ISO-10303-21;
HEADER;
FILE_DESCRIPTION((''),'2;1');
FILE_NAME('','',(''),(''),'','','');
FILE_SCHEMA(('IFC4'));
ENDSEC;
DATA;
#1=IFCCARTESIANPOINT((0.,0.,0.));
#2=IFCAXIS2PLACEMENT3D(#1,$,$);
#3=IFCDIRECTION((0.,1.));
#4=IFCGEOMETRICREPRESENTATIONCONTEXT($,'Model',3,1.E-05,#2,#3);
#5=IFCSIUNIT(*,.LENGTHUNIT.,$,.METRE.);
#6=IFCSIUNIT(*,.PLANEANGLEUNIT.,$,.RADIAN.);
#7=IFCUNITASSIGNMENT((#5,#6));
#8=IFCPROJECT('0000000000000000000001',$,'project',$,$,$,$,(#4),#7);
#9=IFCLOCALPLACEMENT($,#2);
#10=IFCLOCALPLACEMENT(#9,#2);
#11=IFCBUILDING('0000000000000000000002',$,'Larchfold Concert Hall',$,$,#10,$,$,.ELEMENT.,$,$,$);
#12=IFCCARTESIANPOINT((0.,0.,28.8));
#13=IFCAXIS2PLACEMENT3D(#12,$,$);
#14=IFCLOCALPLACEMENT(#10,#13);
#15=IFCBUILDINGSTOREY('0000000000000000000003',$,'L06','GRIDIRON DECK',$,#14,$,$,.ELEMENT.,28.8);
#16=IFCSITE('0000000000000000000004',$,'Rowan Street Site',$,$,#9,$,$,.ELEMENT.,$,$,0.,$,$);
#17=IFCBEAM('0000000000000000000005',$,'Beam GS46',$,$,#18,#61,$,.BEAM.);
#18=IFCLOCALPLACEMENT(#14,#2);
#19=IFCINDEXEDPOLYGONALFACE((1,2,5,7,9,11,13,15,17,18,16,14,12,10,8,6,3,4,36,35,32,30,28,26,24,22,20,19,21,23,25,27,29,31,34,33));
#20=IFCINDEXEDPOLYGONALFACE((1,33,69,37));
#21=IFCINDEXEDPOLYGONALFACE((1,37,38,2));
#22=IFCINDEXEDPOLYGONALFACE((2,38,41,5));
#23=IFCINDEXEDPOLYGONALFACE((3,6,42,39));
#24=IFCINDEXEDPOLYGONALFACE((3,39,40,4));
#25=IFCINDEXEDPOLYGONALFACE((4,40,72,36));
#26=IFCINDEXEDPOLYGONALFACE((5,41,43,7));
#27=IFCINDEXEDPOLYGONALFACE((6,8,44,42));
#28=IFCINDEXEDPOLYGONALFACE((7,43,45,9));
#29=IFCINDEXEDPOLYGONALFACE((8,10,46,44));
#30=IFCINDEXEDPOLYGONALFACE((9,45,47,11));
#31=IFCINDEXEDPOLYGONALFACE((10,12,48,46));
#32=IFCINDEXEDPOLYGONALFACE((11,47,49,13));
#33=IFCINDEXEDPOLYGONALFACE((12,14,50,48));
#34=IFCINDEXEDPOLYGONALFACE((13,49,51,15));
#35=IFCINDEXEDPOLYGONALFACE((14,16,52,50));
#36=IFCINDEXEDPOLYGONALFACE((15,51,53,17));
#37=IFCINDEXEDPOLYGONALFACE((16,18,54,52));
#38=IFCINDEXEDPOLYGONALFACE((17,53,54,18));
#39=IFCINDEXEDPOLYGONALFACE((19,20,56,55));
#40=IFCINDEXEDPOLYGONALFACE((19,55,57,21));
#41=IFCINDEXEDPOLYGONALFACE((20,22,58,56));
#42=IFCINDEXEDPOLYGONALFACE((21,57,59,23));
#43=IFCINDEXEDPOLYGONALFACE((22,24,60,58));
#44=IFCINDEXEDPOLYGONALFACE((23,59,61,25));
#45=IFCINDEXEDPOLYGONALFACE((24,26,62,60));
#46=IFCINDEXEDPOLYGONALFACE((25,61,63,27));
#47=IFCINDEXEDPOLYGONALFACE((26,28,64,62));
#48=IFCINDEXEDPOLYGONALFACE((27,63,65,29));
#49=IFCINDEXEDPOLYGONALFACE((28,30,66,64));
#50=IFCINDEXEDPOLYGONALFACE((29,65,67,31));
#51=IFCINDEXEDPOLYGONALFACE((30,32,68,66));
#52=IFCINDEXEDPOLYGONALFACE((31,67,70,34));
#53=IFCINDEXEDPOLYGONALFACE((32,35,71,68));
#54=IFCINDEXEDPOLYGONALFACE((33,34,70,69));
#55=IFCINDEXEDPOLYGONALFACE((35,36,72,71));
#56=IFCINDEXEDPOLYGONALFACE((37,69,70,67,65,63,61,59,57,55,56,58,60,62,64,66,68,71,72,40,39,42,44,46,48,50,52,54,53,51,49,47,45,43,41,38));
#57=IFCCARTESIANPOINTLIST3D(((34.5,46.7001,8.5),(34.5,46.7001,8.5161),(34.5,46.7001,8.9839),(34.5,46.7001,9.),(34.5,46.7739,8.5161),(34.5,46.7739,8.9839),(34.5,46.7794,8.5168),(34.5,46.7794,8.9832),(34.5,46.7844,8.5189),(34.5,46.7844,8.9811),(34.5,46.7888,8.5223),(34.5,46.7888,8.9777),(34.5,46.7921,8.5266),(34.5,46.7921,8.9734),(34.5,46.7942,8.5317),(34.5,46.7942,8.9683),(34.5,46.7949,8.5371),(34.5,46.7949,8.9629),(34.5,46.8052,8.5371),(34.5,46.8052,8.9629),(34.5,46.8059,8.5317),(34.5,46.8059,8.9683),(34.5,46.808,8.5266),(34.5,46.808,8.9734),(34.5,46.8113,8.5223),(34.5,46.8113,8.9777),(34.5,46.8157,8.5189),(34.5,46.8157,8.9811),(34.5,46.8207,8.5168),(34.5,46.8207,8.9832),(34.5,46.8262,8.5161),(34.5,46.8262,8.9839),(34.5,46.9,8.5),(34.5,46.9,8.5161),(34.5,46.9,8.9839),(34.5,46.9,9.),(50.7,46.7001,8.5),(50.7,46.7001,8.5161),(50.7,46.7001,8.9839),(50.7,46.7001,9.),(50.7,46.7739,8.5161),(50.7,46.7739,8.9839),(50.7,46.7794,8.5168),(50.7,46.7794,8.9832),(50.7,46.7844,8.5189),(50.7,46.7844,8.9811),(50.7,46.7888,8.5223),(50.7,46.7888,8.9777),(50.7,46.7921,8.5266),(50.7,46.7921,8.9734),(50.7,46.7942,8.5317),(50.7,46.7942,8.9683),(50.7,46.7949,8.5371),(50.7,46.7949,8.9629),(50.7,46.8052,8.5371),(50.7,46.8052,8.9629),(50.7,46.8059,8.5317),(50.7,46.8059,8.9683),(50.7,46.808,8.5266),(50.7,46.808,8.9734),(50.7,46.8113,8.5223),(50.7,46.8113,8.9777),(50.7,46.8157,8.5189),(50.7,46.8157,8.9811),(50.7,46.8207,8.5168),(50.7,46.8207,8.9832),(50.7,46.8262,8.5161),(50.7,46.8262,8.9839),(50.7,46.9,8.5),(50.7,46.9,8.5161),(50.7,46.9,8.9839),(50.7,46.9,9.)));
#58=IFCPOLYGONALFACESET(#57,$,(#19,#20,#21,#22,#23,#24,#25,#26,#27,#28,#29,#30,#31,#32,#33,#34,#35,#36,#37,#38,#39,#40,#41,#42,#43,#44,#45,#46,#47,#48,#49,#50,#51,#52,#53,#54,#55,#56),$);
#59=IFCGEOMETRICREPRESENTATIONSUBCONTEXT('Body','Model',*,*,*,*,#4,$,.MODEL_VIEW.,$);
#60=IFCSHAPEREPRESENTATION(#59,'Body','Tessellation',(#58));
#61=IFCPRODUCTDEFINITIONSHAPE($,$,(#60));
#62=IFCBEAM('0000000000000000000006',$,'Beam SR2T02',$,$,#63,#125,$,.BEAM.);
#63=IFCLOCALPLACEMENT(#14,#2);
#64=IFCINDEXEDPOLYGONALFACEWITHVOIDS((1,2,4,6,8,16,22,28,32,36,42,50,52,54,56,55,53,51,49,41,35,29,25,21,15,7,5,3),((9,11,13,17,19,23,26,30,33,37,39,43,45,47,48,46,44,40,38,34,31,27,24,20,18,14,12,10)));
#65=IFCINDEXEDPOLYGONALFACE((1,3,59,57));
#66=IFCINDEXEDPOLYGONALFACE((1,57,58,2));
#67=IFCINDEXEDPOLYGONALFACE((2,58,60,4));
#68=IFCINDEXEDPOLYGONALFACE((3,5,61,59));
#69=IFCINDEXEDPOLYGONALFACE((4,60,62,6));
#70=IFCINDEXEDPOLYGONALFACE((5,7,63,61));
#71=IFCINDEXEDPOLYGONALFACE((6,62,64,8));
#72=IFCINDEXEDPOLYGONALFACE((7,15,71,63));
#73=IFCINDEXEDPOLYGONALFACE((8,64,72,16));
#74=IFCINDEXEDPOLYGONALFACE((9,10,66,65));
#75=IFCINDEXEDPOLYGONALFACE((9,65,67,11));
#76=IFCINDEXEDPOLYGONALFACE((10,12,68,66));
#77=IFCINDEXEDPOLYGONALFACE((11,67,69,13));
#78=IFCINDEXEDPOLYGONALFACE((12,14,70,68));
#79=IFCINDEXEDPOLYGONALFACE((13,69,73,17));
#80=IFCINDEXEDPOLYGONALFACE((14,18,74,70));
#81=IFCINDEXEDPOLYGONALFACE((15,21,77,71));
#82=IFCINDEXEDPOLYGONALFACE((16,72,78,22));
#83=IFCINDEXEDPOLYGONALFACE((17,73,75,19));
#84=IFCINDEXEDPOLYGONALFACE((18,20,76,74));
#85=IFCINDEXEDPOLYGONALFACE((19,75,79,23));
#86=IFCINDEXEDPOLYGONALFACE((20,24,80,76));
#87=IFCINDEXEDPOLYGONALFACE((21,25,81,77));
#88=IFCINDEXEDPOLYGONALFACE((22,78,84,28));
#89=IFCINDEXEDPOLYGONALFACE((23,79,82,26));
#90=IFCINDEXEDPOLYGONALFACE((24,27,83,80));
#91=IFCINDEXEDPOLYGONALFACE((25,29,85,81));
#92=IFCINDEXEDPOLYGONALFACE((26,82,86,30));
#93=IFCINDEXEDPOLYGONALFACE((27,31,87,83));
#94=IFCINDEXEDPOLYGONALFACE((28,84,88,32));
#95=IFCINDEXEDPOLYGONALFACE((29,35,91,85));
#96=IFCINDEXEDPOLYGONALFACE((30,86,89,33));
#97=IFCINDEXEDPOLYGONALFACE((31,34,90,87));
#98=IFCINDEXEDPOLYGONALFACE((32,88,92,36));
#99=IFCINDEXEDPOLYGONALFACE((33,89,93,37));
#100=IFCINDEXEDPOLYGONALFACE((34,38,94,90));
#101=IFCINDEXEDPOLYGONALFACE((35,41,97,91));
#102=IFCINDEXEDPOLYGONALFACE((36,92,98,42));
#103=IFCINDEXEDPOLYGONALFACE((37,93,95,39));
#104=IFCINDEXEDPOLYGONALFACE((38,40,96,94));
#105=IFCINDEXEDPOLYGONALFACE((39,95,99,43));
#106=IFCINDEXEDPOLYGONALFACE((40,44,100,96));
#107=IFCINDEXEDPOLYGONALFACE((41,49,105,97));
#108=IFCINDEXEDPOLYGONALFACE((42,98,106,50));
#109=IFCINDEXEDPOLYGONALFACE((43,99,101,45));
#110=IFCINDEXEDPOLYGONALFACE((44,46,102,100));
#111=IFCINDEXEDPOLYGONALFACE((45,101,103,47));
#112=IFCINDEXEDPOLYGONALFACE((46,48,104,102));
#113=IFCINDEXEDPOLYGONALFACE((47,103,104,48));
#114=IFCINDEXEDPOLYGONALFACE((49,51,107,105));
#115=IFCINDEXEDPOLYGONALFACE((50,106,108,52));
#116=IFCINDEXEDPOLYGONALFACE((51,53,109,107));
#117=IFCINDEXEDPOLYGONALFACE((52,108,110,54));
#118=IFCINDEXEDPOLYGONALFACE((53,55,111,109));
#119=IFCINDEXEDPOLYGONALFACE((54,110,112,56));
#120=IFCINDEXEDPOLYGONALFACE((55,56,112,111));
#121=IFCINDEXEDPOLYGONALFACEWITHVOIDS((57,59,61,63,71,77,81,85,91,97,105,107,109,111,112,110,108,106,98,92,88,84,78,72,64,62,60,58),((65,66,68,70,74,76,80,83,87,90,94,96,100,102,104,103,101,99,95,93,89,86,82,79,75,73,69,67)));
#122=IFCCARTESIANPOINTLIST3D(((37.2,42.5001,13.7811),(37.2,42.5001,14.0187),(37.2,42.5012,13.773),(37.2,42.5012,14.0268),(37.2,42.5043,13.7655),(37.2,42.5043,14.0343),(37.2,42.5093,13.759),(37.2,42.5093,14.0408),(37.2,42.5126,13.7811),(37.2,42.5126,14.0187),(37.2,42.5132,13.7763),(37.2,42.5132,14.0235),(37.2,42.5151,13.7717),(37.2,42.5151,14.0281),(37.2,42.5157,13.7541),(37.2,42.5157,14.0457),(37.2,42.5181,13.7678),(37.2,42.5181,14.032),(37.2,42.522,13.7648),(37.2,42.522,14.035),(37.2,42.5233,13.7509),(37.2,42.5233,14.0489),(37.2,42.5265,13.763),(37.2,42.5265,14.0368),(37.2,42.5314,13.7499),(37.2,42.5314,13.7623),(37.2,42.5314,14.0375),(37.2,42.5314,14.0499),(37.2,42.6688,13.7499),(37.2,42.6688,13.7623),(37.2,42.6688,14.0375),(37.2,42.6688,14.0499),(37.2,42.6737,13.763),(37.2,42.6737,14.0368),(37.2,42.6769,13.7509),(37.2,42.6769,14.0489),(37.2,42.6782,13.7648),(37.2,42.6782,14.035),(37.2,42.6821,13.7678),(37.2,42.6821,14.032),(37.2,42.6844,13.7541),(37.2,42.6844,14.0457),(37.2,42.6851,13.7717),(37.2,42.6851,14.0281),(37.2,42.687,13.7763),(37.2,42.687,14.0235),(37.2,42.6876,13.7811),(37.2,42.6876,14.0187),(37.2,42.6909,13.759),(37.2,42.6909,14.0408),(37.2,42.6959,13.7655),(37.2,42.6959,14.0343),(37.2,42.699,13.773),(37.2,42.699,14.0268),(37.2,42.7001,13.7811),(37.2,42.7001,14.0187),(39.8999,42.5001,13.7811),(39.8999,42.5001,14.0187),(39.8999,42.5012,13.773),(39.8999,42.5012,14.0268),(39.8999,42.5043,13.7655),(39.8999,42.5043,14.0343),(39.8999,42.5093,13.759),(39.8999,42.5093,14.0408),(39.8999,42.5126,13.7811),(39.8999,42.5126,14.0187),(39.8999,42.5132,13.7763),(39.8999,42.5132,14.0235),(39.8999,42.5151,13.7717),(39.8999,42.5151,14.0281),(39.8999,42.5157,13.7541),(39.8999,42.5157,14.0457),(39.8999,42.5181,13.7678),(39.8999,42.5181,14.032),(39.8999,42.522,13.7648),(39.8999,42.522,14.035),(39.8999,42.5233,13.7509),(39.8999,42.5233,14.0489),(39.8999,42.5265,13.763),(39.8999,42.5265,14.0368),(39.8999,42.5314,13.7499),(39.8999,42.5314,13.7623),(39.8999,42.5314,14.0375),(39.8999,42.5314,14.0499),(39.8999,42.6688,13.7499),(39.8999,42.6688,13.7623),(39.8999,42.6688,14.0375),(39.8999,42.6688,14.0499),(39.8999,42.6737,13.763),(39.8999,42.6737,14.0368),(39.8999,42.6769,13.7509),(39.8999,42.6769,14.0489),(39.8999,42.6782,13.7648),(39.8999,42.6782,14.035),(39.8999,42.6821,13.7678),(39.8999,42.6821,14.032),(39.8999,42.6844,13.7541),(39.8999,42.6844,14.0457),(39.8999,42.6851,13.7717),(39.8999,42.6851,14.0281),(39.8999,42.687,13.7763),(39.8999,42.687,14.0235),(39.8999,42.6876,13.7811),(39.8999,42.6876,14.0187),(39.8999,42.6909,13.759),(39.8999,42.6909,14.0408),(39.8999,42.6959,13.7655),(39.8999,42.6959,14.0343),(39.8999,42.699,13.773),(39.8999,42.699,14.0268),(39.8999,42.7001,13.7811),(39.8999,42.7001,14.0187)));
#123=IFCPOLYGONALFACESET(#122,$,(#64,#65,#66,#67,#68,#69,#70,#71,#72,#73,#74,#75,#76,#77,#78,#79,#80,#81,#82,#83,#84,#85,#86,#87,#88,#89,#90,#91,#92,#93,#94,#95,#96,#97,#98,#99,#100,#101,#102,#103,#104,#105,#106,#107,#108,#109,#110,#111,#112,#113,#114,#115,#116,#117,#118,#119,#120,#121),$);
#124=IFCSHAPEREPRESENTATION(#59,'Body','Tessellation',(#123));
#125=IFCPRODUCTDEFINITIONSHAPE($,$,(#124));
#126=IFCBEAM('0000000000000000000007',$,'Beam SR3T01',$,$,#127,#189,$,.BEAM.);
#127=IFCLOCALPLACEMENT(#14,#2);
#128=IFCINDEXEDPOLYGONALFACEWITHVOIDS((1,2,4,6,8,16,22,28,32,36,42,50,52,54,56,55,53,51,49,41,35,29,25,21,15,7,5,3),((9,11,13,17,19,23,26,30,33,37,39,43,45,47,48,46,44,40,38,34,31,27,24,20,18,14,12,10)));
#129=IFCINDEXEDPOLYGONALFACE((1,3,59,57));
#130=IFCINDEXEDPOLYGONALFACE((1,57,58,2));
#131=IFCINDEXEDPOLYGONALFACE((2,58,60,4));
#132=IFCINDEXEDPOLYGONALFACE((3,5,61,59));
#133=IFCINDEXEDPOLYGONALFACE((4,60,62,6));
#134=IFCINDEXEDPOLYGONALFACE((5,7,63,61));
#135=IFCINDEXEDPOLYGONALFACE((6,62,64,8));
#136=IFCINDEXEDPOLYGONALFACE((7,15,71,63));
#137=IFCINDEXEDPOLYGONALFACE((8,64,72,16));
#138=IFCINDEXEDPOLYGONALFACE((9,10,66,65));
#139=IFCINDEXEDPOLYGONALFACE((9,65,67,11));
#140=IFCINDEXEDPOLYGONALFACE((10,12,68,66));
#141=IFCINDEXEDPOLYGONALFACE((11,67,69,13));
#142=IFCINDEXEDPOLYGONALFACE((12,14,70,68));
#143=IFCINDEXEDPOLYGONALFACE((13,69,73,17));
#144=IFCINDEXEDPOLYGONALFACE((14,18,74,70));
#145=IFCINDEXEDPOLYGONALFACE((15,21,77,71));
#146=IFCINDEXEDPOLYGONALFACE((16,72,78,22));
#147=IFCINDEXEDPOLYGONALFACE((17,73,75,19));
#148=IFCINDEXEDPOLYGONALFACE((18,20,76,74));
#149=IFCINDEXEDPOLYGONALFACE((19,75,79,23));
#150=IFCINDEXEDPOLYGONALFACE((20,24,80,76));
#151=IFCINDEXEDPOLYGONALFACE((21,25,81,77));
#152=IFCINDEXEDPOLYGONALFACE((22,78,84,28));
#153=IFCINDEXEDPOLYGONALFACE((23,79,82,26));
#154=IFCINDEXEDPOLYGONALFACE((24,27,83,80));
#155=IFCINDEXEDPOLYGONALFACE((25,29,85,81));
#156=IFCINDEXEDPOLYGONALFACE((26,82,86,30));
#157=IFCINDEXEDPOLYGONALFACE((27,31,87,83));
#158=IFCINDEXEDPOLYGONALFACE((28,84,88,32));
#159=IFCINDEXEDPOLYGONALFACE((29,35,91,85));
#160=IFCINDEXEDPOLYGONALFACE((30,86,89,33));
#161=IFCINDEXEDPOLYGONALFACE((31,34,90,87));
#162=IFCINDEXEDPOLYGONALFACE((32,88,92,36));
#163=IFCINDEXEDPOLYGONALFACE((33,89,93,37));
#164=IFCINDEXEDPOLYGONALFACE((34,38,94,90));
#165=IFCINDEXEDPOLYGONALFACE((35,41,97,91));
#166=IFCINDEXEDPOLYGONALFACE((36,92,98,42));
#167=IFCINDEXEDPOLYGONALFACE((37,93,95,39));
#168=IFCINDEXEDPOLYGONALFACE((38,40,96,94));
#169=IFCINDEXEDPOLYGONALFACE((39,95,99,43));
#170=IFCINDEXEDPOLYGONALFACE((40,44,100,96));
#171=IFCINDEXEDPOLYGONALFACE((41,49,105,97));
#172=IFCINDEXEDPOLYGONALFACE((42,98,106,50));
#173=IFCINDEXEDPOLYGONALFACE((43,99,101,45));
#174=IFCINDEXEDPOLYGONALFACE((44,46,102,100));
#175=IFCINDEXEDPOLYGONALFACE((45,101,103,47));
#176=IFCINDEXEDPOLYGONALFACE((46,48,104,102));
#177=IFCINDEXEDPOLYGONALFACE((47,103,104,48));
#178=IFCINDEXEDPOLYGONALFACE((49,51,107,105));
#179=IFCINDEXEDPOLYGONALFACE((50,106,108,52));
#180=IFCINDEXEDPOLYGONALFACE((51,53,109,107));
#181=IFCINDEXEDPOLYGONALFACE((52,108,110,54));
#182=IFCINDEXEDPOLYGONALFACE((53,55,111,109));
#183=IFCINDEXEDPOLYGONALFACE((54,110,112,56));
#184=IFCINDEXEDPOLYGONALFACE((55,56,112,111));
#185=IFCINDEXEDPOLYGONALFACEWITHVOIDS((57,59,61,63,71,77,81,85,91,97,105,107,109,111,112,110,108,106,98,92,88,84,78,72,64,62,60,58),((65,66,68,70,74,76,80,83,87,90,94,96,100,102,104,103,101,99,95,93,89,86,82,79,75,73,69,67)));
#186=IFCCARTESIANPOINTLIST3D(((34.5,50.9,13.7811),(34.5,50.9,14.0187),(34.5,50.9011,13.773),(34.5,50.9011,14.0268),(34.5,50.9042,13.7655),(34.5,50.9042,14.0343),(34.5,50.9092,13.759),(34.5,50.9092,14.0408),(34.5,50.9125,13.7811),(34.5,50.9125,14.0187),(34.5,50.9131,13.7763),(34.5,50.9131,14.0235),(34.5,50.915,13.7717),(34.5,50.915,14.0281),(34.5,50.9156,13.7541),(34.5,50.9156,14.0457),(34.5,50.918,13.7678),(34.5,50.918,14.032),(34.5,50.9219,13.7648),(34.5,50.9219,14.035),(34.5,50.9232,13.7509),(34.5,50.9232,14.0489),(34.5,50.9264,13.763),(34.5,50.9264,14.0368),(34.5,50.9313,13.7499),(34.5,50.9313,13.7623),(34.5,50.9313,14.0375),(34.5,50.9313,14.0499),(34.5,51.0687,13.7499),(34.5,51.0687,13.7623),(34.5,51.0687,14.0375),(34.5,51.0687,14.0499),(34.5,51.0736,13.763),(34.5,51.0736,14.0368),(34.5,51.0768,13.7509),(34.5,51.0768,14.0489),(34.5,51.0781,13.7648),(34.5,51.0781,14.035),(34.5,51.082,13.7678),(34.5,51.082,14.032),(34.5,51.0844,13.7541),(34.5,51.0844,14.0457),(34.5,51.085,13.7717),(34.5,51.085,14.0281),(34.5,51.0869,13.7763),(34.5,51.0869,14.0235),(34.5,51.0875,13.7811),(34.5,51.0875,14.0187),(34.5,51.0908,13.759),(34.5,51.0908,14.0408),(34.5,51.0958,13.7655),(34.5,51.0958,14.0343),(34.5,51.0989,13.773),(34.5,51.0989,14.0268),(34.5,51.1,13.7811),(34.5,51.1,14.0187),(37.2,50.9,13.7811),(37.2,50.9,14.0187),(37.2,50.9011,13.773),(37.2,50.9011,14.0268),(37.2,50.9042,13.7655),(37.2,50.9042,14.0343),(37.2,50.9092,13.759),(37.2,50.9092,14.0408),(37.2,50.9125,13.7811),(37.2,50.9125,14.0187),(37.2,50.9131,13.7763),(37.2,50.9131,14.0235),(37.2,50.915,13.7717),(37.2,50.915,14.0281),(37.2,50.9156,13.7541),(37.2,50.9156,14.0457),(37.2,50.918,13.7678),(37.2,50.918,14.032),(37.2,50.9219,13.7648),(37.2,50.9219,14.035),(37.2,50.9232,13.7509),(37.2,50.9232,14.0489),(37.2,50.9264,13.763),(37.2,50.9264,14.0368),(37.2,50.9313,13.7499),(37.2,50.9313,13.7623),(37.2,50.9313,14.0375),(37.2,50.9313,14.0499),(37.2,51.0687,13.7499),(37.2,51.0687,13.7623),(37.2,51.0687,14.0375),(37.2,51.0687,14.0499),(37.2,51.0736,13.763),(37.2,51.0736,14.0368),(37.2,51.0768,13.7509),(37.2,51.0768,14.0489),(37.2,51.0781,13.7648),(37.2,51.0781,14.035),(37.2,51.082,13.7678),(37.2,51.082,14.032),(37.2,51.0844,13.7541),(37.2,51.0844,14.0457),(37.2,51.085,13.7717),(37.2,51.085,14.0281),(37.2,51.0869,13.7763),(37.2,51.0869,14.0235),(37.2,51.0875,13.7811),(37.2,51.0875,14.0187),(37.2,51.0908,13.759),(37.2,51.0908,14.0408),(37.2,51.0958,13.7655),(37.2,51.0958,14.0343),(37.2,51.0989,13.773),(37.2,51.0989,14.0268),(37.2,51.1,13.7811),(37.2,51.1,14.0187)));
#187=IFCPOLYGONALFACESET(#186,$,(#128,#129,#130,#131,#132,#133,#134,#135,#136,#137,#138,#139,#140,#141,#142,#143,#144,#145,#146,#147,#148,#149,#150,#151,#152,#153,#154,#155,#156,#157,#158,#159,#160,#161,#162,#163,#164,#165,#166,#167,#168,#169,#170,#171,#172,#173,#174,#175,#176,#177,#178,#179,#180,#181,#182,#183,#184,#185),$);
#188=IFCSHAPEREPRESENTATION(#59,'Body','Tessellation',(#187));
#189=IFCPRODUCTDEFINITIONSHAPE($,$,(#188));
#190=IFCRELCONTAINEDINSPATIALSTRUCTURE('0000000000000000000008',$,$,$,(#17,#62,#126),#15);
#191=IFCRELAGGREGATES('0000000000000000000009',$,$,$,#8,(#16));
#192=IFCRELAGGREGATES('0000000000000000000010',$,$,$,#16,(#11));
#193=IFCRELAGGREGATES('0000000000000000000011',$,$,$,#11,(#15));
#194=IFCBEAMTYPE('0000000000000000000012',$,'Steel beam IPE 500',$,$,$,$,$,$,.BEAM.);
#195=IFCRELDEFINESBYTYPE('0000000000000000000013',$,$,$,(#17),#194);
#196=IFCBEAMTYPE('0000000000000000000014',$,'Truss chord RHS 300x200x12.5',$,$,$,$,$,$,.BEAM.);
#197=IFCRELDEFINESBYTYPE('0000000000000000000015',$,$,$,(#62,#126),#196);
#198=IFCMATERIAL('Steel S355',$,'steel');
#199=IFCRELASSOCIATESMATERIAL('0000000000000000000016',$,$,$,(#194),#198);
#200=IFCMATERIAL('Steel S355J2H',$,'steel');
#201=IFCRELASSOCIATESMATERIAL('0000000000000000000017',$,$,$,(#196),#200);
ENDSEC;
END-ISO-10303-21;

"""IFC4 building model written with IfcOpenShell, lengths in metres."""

from ifc_helpers import new_model, si_unit, direction, frame, origin, origin_2d, place, context, subcontext, project, spatial, hollow_rectangle, i_section, extrude, material, material_profile, profile_set, type_object, element, save


model = new_model("IFC4")

# Units and contexts
model_context = context("Model", 3, precision=1e-05, world=origin(), true_north=direction((0.0, 1.0)))
body_context = subcontext(model_context, "Body", "Model", "MODEL_VIEW")
ifc_project = project(units=[si_unit("LENGTHUNIT", "METRE"), si_unit("PLANEANGLEUNIT", "RADIAN")], contexts=[model_context])

# Site, building, storey
site_placement = place(None, origin())
site = spatial("IfcSite", under=ifc_project, at=site_placement, Name="Rowan Street Site", CompositionType="ELEMENT", RefElevation=0.0)
building_placement = place(site_placement, origin())
building = spatial("IfcBuilding", under=site, at=building_placement, Name="Larchfold Concert Hall", CompositionType="ELEMENT")
storey_placement = place(building_placement, frame((0.0, 0.0, 28.8)))
storey = spatial("IfcBuildingStorey", under=building, at=storey_placement, Name="L06", Description="GRIDIRON DECK", CompositionType="ELEMENT", Elevation=28.8)

# Beams
ifc_material_1 = material(Name="Steel S355", Category="steel")
ifc_material_profile_1 = material_profile(ifc_material_1, i_section(OverallWidth=0.2, OverallDepth=0.5, WebThickness=0.0103, FlangeThickness=0.0161, FilletRadius=0.021, at=origin_2d()))
ifc_profile_set_1 = profile_set([ifc_material_profile_1], Name="Steel S355")
beam_type_1 = type_object("IfcBeamType", Name="Steel beam IPE 500", PredefinedType="BEAM", material=ifc_profile_set_1)
beam_placement = place(storey_placement, frame((34.5, 46.8, 8.75), z_axis=(1.0, 0.0, 0.0), x_axis=(0.0, 1.0, 0.0)))
element("IfcBeam", 1, at=beam_placement, inside=storey, type_object=beam_type_1, Name="Beam GS46", PredefinedType="BEAM", context=body_context, shape_type="SweptSolid", body=[
    extrude(i_section(OverallWidth=0.2, OverallDepth=0.5, WebThickness=0.0103, FlangeThickness=0.0161, FilletRadius=0.021, at=origin_2d()), origin(), (0.0, 0.0, 1.0), 16.2),
])
ifc_material_2 = material(Name="Steel S355J2H", Category="steel")
ifc_material_profile_2 = material_profile(ifc_material_2, hollow_rectangle(XDim=0.2, YDim=0.3, WallThickness=0.0125, InnerFilletRadius=0.0188, OuterFilletRadius=0.0312, at=origin_2d()))
ifc_profile_set_2 = profile_set([ifc_material_profile_2], Name="Steel S355J2H")
beam_type_2 = type_object("IfcBeamType", Name="Truss chord RHS 300x200x12.5", PredefinedType="BEAM", material=ifc_profile_set_2)
for number, where, z_axis, x_axis, name in (
    (2, (37.2, 42.6001, 13.8999), (1.0, 0.0, 0.0), (0.0, 1.0, 0.0), "Beam SR2T02"),
    (3, (34.5, 51.0, 13.8999), (1.0, 0.0, 0.0), (0.0, 1.0, 0.0), "Beam SR3T01"),
):
    element("IfcBeam", number, at=place(storey_placement, frame(where, z_axis=z_axis, x_axis=x_axis)), inside=storey, type_object=beam_type_2, Name=name, PredefinedType="BEAM", context=body_context, shape_type="SweptSolid", body=[
        extrude(hollow_rectangle(XDim=0.2, YDim=0.3, WallThickness=0.0125, InnerFilletRadius=0.0188, OuterFilletRadius=0.0312, at=origin_2d()), origin(), (0.0, 0.0, 1.0), 2.7),
    ])

save(model, "model.ifc")
